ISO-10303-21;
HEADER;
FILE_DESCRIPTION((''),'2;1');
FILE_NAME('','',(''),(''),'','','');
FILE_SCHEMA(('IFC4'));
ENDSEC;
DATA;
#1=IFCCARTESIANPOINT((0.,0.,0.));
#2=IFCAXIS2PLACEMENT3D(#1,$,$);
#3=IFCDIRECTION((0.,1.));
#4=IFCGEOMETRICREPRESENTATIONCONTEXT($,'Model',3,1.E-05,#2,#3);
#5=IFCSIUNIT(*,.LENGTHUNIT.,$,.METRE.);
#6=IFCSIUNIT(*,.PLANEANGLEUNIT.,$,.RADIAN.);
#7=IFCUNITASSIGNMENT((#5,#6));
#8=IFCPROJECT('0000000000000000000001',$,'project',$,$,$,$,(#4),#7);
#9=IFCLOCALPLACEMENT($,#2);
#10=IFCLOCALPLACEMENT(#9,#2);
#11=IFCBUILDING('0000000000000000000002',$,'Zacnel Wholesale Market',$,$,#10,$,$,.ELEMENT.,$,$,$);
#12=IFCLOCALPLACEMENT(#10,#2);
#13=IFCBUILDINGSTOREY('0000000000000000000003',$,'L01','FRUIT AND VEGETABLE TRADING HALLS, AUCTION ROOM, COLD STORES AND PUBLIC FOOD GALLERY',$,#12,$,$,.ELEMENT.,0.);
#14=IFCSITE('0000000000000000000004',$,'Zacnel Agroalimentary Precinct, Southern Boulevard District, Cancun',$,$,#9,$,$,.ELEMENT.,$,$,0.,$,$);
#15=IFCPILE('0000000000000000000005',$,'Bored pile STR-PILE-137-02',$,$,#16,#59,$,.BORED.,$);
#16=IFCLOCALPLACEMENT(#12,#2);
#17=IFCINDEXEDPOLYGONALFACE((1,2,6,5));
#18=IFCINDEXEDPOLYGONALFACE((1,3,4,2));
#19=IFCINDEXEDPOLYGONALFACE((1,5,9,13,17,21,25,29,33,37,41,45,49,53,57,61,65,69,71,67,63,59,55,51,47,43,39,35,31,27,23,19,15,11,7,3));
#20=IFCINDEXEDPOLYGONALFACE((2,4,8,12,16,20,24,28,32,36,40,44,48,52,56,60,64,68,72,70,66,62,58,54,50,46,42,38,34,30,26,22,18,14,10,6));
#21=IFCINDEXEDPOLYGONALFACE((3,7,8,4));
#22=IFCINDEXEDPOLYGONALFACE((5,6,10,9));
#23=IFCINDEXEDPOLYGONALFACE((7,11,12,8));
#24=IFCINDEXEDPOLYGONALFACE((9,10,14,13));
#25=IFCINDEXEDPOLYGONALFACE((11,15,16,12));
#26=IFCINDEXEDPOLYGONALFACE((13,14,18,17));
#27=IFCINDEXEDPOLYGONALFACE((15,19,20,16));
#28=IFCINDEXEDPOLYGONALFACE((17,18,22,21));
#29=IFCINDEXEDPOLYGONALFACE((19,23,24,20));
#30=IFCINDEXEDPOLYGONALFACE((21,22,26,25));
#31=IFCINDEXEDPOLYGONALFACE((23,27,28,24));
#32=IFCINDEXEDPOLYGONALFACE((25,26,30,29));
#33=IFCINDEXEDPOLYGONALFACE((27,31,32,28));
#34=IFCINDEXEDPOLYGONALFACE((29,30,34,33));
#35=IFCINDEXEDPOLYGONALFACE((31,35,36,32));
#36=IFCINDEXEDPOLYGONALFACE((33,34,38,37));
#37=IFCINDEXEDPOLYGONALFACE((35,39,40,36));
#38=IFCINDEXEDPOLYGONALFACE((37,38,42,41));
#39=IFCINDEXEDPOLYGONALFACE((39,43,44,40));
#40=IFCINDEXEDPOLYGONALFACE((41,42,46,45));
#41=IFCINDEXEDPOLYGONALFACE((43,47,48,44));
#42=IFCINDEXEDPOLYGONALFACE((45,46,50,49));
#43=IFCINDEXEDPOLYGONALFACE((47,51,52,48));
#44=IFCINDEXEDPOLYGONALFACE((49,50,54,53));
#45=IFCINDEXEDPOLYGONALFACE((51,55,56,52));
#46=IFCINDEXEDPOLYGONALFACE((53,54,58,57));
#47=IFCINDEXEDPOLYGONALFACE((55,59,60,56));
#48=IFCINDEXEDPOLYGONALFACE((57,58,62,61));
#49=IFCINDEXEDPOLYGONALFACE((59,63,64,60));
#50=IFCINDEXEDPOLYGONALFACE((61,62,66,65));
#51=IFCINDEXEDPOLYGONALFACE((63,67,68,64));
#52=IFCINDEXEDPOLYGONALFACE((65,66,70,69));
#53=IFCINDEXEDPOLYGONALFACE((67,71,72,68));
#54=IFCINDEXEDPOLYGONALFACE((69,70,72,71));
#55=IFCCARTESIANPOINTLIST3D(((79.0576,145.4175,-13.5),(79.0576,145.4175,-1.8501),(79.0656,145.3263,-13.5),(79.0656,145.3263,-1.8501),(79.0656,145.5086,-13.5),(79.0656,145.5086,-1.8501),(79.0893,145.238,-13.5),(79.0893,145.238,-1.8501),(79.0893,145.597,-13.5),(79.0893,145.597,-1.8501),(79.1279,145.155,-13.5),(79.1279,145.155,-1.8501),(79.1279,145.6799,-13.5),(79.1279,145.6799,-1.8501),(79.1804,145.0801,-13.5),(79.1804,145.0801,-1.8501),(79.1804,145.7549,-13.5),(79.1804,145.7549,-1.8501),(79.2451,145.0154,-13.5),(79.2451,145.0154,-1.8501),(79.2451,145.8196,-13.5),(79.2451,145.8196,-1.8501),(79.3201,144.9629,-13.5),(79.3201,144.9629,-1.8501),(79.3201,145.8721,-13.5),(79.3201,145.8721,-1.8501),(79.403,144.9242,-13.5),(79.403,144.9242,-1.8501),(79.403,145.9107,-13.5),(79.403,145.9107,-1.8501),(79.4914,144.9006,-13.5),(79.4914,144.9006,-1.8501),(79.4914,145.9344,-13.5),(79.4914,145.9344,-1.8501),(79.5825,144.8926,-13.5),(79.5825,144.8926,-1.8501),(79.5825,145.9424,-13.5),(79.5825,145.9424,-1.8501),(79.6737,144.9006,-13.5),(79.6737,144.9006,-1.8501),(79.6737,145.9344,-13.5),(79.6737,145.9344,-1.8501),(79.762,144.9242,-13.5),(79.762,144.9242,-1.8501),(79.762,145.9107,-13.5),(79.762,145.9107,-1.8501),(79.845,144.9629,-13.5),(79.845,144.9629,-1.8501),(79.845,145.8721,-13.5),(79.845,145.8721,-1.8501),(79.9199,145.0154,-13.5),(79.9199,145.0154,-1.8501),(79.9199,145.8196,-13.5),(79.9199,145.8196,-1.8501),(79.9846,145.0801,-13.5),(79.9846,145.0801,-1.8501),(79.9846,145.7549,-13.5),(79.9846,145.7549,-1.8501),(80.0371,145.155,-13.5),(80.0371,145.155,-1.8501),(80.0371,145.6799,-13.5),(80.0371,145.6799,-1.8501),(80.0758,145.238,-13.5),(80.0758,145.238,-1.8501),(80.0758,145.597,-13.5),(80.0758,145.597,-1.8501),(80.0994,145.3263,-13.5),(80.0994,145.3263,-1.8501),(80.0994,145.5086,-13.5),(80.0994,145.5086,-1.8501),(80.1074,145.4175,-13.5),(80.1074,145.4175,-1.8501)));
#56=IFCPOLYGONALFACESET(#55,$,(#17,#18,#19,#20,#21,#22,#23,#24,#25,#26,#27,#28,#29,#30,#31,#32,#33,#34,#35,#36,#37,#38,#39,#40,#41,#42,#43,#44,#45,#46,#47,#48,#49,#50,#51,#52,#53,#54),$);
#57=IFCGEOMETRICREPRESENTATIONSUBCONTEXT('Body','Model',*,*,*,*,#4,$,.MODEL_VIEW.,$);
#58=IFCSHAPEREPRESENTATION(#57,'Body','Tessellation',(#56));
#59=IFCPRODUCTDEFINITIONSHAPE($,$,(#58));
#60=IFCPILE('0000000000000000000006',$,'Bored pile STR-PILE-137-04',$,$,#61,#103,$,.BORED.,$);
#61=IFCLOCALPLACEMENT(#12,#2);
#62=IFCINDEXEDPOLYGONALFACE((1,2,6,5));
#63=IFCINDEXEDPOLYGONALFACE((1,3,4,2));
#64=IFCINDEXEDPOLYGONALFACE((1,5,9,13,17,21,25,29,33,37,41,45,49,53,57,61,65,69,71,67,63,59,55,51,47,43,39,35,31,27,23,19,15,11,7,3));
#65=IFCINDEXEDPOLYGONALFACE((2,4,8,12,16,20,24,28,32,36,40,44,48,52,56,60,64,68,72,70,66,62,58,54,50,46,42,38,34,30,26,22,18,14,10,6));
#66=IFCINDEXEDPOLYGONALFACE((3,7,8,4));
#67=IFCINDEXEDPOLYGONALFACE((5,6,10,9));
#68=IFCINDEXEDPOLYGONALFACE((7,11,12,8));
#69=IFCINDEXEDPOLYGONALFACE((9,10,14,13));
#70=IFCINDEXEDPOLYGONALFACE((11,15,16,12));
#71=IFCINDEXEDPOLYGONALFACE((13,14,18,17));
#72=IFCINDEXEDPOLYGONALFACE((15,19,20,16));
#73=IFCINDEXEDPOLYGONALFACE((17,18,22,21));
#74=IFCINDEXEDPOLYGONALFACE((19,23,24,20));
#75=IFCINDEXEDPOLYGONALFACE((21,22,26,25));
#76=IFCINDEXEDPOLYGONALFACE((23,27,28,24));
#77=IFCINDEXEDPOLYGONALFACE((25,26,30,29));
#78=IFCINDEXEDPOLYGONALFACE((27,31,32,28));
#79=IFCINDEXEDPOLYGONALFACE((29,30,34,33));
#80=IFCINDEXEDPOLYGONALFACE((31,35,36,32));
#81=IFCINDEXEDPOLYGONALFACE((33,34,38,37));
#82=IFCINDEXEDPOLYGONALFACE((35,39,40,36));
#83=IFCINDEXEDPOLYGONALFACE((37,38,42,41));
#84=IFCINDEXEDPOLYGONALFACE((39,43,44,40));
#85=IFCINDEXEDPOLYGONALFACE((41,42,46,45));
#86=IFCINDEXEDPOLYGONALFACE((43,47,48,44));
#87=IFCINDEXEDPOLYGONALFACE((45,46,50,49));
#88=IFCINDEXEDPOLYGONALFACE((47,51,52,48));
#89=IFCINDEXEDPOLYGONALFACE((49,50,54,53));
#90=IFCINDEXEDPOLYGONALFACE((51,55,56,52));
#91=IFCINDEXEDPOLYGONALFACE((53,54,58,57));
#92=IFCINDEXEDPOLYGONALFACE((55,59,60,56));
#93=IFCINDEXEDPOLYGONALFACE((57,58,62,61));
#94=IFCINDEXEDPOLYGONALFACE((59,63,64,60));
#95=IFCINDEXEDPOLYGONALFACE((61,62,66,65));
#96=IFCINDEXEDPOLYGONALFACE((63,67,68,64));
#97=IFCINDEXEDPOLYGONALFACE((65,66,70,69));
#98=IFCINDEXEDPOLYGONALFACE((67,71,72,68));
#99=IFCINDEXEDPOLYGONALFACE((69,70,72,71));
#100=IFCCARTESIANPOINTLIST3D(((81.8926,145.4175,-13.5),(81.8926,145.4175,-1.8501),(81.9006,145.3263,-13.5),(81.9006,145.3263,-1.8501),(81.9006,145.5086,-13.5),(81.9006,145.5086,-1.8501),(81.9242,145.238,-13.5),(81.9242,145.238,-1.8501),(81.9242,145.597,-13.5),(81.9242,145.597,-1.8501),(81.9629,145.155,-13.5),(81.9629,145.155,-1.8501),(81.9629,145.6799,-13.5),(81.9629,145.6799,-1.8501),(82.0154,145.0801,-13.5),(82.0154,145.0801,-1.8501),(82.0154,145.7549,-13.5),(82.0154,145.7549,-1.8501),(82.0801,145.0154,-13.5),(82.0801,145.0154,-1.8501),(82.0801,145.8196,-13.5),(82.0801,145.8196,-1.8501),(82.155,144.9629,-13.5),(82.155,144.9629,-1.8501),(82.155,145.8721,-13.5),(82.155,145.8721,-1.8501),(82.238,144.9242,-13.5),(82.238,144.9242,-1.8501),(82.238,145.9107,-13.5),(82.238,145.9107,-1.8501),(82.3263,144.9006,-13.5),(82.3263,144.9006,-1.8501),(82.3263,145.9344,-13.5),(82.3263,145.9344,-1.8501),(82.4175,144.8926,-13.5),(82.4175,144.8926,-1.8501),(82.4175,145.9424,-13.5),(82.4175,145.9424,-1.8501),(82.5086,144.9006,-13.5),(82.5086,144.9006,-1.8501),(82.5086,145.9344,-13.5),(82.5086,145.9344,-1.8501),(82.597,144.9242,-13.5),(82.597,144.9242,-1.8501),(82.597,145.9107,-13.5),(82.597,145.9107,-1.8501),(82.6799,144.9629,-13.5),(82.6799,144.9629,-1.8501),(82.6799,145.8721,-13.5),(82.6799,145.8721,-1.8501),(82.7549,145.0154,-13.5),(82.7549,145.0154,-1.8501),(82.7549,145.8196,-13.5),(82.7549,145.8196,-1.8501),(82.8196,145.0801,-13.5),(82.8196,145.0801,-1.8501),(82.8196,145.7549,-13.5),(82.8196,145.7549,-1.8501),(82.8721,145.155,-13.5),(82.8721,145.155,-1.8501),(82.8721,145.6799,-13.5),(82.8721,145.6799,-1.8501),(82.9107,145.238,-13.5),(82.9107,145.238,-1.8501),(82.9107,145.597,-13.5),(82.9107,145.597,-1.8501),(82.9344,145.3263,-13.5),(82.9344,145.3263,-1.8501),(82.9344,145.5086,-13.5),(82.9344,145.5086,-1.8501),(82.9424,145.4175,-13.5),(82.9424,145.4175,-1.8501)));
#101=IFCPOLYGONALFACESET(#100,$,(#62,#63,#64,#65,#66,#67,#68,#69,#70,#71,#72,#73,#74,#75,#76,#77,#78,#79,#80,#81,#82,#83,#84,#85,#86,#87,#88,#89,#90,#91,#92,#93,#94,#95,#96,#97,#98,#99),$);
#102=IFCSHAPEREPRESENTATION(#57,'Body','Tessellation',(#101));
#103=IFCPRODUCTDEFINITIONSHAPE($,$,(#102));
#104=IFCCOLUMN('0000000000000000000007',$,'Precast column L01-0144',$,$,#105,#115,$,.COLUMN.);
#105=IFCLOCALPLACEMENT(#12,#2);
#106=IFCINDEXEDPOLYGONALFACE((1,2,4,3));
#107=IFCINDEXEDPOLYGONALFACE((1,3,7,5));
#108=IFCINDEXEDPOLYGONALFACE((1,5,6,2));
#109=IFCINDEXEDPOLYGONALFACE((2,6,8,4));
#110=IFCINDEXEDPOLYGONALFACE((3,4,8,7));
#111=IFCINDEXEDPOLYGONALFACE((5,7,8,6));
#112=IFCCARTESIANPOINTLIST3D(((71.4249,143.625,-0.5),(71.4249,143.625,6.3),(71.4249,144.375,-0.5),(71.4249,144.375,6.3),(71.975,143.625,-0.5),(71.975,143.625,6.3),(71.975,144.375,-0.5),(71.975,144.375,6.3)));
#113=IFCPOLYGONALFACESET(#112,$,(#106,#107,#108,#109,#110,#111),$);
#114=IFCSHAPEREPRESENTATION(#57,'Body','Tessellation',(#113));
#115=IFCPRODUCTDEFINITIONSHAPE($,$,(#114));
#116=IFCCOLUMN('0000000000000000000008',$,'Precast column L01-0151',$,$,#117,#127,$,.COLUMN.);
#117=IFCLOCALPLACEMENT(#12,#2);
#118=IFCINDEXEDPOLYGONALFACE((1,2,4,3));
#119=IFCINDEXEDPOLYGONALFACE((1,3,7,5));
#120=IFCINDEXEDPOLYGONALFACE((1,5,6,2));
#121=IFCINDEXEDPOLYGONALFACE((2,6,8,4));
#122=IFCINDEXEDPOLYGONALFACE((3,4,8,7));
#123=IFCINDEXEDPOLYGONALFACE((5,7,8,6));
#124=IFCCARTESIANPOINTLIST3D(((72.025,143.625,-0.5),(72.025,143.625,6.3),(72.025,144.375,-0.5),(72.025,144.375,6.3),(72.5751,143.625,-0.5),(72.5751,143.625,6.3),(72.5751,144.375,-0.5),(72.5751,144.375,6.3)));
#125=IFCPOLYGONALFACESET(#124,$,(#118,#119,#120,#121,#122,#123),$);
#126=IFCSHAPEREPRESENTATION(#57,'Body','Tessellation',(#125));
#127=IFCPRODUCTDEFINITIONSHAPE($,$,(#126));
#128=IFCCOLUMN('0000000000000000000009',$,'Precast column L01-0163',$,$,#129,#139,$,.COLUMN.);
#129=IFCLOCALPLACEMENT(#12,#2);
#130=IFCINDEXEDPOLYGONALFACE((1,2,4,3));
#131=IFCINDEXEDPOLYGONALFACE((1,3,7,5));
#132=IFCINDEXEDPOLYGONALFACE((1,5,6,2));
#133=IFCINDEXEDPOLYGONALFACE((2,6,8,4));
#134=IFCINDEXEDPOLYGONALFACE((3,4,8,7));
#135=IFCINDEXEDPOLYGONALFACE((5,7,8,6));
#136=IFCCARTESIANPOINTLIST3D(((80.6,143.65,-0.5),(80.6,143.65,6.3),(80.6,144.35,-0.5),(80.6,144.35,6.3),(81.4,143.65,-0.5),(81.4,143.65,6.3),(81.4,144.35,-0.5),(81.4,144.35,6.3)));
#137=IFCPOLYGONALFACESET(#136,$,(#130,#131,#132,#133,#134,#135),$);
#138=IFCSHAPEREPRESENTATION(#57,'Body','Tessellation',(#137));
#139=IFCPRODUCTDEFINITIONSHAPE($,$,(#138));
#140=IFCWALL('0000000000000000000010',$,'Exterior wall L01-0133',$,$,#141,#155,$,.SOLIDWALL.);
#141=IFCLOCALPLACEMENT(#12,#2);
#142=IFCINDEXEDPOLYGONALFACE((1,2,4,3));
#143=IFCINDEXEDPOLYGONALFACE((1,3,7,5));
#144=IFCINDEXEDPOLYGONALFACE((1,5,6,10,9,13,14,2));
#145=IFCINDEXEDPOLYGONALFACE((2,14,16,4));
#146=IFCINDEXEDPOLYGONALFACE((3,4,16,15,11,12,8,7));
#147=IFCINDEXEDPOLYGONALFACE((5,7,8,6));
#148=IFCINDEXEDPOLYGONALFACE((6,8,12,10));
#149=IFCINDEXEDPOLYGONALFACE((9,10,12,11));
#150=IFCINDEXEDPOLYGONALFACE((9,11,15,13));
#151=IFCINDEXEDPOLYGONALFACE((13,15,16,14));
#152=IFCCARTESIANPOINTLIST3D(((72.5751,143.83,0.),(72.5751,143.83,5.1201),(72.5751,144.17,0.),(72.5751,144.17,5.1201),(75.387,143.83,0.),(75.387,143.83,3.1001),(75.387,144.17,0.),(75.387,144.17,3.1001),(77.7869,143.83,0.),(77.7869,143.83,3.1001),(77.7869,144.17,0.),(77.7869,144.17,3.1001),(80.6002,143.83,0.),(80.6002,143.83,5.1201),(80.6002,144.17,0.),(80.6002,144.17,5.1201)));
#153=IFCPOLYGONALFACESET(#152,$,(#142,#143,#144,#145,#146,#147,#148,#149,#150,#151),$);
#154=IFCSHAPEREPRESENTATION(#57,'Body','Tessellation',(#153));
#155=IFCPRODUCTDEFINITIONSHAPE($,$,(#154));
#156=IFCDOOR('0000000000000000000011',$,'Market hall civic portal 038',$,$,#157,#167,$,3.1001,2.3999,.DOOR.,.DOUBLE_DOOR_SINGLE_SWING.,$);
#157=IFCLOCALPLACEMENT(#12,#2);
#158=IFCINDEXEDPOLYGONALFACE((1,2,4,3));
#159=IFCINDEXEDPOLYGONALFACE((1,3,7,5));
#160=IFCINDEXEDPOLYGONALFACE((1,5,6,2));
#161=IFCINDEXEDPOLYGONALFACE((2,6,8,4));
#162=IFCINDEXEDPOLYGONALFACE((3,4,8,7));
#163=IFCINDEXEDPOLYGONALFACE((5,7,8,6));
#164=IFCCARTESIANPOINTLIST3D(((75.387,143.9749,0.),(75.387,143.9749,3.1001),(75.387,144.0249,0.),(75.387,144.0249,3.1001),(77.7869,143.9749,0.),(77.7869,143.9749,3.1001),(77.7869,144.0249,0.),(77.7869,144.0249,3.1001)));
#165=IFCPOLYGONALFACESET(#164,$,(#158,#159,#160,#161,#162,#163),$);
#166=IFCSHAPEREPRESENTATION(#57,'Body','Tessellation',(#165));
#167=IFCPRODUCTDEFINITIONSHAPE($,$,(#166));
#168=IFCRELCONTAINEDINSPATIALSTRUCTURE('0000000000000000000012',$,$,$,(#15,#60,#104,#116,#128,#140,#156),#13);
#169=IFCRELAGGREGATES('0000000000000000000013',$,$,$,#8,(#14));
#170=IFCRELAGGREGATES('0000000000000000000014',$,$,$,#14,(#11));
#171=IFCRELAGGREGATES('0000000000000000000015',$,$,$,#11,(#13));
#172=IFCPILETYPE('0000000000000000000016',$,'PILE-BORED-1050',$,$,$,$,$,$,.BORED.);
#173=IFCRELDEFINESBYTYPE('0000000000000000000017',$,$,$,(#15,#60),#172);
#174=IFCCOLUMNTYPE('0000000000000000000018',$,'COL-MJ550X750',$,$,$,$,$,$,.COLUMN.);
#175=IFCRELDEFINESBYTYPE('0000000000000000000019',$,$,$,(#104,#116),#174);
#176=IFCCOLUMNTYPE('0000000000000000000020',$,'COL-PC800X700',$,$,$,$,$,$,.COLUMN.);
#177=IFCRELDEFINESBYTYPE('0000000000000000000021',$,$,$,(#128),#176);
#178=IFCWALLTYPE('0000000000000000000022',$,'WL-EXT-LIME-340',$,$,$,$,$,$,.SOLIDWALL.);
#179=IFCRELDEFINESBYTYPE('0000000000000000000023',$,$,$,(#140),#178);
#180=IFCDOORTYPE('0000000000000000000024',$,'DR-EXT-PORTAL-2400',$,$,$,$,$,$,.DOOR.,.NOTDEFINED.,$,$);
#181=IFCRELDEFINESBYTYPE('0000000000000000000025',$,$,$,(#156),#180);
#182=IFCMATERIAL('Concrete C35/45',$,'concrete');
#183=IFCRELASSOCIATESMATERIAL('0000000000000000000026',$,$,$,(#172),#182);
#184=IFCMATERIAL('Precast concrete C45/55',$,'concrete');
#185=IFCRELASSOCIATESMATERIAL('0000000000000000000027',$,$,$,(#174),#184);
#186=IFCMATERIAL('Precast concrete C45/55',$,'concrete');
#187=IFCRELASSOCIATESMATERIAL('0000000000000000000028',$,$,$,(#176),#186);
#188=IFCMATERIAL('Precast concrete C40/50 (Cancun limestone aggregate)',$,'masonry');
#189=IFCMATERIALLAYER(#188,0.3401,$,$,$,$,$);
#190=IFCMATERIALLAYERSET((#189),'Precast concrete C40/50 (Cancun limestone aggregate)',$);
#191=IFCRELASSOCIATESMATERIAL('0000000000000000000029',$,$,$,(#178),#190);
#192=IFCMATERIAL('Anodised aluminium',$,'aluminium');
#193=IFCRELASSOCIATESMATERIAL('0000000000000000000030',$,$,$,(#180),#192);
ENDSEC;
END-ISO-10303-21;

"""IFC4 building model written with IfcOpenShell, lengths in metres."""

from ifc_helpers import new_model, si_unit, direction, frame, frame_2d, origin, origin_2d, place, context, subcontext, project, spatial, rectangle, circle, extrude, material, layer, layer_set, material_profile, profile_set, type_object, element, fill, save


model = new_model("IFC4")

# Units and contexts
model_context = context("Model", 3, precision=1e-05, world=origin(), true_north=direction((0.0, 1.0)))
body_context = subcontext(model_context, "Body", "Model", "MODEL_VIEW")
ifc_project = project(units=[si_unit("LENGTHUNIT", "METRE"), si_unit("PLANEANGLEUNIT", "RADIAN")], contexts=[model_context])

# Site, building, storey
site_placement = place(None, origin())
site = spatial("IfcSite", under=ifc_project, at=site_placement, Name="Zacnel Agroalimentary Precinct, Southern Boulevard District, Cancun", CompositionType="ELEMENT", RefElevation=0.0)
building_placement = place(site_placement, origin())
building = spatial("IfcBuilding", under=site, at=building_placement, Name="Zacnel Wholesale Market", CompositionType="ELEMENT")
storey_placement = place(building_placement, origin())
storey = spatial("IfcBuildingStorey", under=building, at=storey_placement, Name="L01", Description="FRUIT AND VEGETABLE TRADING HALLS, AUCTION ROOM, COLD STORES AND PUBLIC FOOD GALLERY", CompositionType="ELEMENT", Elevation=0.0)

# Piles
ifc_material_1 = material(Name="Concrete C35/45", Category="concrete")
ifc_material_profile_1 = material_profile(ifc_material_1, circle(Radius=0.5249, at=origin_2d()), Name="BORED PILE D1050")
ifc_profile_set_1 = profile_set([ifc_material_profile_1], Name="Concrete C35/45")
pile_type = type_object("IfcPileType", Name="PILE-BORED-1050", PredefinedType="BORED", material=ifc_profile_set_1)
for number, where, z_axis, x_axis, name in (
    (1, (79.5825, 145.4175, -1.8501), (0.0, 0.0, -1.0), (1.0, 0.0, 0.0), "Bored pile STR-PILE-137-02"),
    (2, (82.4175, 145.4175, -1.8501), (0.0, 0.0, -1.0), (1.0, 0.0, 0.0), "Bored pile STR-PILE-137-04"),
):
    element("IfcPile", number, at=place(storey_placement, frame(where, z_axis=z_axis, x_axis=x_axis)), inside=storey, type_object=pile_type, Name=name, PredefinedType="BORED", context=body_context, shape_type="SweptSolid", body=[
        extrude(circle(Radius=0.5249, at=origin_2d()), origin(), (0.0, 0.0, 1.0), 11.6499),
    ])

# Columns
ifc_material_2 = material(Name="Precast concrete C45/55", Category="concrete")
ifc_material_profile_2 = material_profile(ifc_material_2, rectangle(XDim=0.55, YDim=0.75, at=origin_2d()), Name="PC 550x750")
ifc_profile_set_2 = profile_set([ifc_material_profile_2], Name="Precast concrete C45/55")
column_type_1 = type_object("IfcColumnType", Name="COL-MJ550X750", PredefinedType="COLUMN", material=ifc_profile_set_2)
for number, where, z_axis, x_axis, name in (
    (3, (71.7, 144.0, -0.5), (0.0, 0.0, 1.0), (1.0, 0.0, 0.0), "Precast column L01-0144"),
    (4, (72.3, 144.0, -0.5), (0.0, 0.0, 1.0), (1.0, 0.0, 0.0), "Precast column L01-0151"),
):
    element("IfcColumn", number, at=place(storey_placement, frame(where, z_axis=z_axis, x_axis=x_axis)), inside=storey, type_object=column_type_1, Name=name, PredefinedType="COLUMN", context=body_context, shape_type="SweptSolid", body=[
        extrude(rectangle(XDim=0.55, YDim=0.75, at=origin_2d()), origin(), (0.0, 0.0, 1.0), 6.8),
    ])
ifc_material_3 = material(Name="Precast concrete C45/55", Category="concrete")
ifc_material_profile_3 = material_profile(ifc_material_3, rectangle(XDim=0.8, YDim=0.7, at=origin_2d()), Name="PC 800x700")
ifc_profile_set_3 = profile_set([ifc_material_profile_3], Name="Precast concrete C45/55")
column_type_2 = type_object("IfcColumnType", Name="COL-PC800X700", PredefinedType="COLUMN", material=ifc_profile_set_3)
column_placement = place(storey_placement, frame((81.0, 144.0, -0.5), z_axis=(0.0, 0.0, 1.0), x_axis=(1.0, 0.0, 0.0)))
element("IfcColumn", 5, at=column_placement, inside=storey, type_object=column_type_2, Name="Precast column L01-0163", PredefinedType="COLUMN", context=body_context, shape_type="SweptSolid", body=[
    extrude(rectangle(XDim=0.8, YDim=0.7, at=origin_2d()), origin(), (0.0, 0.0, 1.0), 6.8),
])

# Wall, opening, door
ifc_material_4 = material(Name="Precast concrete C40/50 (Cancun limestone aggregate)", Category="masonry")
ifc_layer_1 = layer(ifc_material_4, 0.3401)
ifc_layer_set_1 = layer_set([ifc_layer_1], Name="Precast concrete C40/50 (Cancun limestone aggregate)")
wall_type = type_object("IfcWallType", Name="WL-EXT-LIME-340", PredefinedType="SOLIDWALL", material=ifc_layer_set_1)
wall_1_placement = place(storey_placement, frame((72.575, 144.0, 0.0), z_axis=(0.0, 0.0, 1.0), x_axis=(1.0, 0.0, 0.0)))
wall_1 = element("IfcWall", 6, at=wall_1_placement, inside=storey, type_object=wall_type, Name="Exterior wall L01-0133", PredefinedType="SOLIDWALL", context=body_context, shape_type="SweptSolid", body=[
    extrude(rectangle(XDim=8.0251, YDim=0.3401, at=frame_2d((4.0127, 0.0))), origin(), (0.0, 0.0, 1.0), 5.1201),
])
opening_1_placement = place(wall_1_placement, frame((2.812, 0.0, 0.0)))
opening_1 = element("IfcOpeningElement", 7, at=opening_1_placement, cuts=wall_1, PredefinedType="OPENING", context=body_context, shape_type="SweptSolid", body=[
    extrude(rectangle(XDim=2.3999, YDim=3.1001, at=frame_2d((1.2, 1.55))), frame((0.0, 0.1799, 0.0), z_axis=(0.0, -1.0, 0.0), x_axis=(1.0, 0.0, 0.0)), (0.0, 0.0, 1.0), 0.3601),
])
ifc_material_5 = material(Name="Anodised aluminium", Category="aluminium")
door_type_1 = type_object("IfcDoorType", Name="DR-EXT-PORTAL-2400", OperationType="NOTDEFINED", PredefinedType="DOOR", material=ifc_material_5)
door_1_placement = place(opening_1_placement, origin())
door_1 = element("IfcDoor", 8, at=door_1_placement, inside=storey, type_object=door_type_1, Name="Market hall civic portal 038", OperationType="DOUBLE_DOOR_SINGLE_SWING", OverallHeight=3.1001, OverallWidth=2.3999, PredefinedType="DOOR", context=body_context, shape_type="SweptSolid", body=[
    extrude(rectangle(XDim=2.3999, YDim=3.1001, at=frame_2d((1.2, 1.55))), frame((0.0, 0.0249, 0.0), z_axis=(0.0, -1.0, 0.0), x_axis=(1.0, 0.0, 0.0)), (0.0, 0.0, 1.0), 0.05),
])
fill(opening_1, door_1)

save(model, "model.ifc")
